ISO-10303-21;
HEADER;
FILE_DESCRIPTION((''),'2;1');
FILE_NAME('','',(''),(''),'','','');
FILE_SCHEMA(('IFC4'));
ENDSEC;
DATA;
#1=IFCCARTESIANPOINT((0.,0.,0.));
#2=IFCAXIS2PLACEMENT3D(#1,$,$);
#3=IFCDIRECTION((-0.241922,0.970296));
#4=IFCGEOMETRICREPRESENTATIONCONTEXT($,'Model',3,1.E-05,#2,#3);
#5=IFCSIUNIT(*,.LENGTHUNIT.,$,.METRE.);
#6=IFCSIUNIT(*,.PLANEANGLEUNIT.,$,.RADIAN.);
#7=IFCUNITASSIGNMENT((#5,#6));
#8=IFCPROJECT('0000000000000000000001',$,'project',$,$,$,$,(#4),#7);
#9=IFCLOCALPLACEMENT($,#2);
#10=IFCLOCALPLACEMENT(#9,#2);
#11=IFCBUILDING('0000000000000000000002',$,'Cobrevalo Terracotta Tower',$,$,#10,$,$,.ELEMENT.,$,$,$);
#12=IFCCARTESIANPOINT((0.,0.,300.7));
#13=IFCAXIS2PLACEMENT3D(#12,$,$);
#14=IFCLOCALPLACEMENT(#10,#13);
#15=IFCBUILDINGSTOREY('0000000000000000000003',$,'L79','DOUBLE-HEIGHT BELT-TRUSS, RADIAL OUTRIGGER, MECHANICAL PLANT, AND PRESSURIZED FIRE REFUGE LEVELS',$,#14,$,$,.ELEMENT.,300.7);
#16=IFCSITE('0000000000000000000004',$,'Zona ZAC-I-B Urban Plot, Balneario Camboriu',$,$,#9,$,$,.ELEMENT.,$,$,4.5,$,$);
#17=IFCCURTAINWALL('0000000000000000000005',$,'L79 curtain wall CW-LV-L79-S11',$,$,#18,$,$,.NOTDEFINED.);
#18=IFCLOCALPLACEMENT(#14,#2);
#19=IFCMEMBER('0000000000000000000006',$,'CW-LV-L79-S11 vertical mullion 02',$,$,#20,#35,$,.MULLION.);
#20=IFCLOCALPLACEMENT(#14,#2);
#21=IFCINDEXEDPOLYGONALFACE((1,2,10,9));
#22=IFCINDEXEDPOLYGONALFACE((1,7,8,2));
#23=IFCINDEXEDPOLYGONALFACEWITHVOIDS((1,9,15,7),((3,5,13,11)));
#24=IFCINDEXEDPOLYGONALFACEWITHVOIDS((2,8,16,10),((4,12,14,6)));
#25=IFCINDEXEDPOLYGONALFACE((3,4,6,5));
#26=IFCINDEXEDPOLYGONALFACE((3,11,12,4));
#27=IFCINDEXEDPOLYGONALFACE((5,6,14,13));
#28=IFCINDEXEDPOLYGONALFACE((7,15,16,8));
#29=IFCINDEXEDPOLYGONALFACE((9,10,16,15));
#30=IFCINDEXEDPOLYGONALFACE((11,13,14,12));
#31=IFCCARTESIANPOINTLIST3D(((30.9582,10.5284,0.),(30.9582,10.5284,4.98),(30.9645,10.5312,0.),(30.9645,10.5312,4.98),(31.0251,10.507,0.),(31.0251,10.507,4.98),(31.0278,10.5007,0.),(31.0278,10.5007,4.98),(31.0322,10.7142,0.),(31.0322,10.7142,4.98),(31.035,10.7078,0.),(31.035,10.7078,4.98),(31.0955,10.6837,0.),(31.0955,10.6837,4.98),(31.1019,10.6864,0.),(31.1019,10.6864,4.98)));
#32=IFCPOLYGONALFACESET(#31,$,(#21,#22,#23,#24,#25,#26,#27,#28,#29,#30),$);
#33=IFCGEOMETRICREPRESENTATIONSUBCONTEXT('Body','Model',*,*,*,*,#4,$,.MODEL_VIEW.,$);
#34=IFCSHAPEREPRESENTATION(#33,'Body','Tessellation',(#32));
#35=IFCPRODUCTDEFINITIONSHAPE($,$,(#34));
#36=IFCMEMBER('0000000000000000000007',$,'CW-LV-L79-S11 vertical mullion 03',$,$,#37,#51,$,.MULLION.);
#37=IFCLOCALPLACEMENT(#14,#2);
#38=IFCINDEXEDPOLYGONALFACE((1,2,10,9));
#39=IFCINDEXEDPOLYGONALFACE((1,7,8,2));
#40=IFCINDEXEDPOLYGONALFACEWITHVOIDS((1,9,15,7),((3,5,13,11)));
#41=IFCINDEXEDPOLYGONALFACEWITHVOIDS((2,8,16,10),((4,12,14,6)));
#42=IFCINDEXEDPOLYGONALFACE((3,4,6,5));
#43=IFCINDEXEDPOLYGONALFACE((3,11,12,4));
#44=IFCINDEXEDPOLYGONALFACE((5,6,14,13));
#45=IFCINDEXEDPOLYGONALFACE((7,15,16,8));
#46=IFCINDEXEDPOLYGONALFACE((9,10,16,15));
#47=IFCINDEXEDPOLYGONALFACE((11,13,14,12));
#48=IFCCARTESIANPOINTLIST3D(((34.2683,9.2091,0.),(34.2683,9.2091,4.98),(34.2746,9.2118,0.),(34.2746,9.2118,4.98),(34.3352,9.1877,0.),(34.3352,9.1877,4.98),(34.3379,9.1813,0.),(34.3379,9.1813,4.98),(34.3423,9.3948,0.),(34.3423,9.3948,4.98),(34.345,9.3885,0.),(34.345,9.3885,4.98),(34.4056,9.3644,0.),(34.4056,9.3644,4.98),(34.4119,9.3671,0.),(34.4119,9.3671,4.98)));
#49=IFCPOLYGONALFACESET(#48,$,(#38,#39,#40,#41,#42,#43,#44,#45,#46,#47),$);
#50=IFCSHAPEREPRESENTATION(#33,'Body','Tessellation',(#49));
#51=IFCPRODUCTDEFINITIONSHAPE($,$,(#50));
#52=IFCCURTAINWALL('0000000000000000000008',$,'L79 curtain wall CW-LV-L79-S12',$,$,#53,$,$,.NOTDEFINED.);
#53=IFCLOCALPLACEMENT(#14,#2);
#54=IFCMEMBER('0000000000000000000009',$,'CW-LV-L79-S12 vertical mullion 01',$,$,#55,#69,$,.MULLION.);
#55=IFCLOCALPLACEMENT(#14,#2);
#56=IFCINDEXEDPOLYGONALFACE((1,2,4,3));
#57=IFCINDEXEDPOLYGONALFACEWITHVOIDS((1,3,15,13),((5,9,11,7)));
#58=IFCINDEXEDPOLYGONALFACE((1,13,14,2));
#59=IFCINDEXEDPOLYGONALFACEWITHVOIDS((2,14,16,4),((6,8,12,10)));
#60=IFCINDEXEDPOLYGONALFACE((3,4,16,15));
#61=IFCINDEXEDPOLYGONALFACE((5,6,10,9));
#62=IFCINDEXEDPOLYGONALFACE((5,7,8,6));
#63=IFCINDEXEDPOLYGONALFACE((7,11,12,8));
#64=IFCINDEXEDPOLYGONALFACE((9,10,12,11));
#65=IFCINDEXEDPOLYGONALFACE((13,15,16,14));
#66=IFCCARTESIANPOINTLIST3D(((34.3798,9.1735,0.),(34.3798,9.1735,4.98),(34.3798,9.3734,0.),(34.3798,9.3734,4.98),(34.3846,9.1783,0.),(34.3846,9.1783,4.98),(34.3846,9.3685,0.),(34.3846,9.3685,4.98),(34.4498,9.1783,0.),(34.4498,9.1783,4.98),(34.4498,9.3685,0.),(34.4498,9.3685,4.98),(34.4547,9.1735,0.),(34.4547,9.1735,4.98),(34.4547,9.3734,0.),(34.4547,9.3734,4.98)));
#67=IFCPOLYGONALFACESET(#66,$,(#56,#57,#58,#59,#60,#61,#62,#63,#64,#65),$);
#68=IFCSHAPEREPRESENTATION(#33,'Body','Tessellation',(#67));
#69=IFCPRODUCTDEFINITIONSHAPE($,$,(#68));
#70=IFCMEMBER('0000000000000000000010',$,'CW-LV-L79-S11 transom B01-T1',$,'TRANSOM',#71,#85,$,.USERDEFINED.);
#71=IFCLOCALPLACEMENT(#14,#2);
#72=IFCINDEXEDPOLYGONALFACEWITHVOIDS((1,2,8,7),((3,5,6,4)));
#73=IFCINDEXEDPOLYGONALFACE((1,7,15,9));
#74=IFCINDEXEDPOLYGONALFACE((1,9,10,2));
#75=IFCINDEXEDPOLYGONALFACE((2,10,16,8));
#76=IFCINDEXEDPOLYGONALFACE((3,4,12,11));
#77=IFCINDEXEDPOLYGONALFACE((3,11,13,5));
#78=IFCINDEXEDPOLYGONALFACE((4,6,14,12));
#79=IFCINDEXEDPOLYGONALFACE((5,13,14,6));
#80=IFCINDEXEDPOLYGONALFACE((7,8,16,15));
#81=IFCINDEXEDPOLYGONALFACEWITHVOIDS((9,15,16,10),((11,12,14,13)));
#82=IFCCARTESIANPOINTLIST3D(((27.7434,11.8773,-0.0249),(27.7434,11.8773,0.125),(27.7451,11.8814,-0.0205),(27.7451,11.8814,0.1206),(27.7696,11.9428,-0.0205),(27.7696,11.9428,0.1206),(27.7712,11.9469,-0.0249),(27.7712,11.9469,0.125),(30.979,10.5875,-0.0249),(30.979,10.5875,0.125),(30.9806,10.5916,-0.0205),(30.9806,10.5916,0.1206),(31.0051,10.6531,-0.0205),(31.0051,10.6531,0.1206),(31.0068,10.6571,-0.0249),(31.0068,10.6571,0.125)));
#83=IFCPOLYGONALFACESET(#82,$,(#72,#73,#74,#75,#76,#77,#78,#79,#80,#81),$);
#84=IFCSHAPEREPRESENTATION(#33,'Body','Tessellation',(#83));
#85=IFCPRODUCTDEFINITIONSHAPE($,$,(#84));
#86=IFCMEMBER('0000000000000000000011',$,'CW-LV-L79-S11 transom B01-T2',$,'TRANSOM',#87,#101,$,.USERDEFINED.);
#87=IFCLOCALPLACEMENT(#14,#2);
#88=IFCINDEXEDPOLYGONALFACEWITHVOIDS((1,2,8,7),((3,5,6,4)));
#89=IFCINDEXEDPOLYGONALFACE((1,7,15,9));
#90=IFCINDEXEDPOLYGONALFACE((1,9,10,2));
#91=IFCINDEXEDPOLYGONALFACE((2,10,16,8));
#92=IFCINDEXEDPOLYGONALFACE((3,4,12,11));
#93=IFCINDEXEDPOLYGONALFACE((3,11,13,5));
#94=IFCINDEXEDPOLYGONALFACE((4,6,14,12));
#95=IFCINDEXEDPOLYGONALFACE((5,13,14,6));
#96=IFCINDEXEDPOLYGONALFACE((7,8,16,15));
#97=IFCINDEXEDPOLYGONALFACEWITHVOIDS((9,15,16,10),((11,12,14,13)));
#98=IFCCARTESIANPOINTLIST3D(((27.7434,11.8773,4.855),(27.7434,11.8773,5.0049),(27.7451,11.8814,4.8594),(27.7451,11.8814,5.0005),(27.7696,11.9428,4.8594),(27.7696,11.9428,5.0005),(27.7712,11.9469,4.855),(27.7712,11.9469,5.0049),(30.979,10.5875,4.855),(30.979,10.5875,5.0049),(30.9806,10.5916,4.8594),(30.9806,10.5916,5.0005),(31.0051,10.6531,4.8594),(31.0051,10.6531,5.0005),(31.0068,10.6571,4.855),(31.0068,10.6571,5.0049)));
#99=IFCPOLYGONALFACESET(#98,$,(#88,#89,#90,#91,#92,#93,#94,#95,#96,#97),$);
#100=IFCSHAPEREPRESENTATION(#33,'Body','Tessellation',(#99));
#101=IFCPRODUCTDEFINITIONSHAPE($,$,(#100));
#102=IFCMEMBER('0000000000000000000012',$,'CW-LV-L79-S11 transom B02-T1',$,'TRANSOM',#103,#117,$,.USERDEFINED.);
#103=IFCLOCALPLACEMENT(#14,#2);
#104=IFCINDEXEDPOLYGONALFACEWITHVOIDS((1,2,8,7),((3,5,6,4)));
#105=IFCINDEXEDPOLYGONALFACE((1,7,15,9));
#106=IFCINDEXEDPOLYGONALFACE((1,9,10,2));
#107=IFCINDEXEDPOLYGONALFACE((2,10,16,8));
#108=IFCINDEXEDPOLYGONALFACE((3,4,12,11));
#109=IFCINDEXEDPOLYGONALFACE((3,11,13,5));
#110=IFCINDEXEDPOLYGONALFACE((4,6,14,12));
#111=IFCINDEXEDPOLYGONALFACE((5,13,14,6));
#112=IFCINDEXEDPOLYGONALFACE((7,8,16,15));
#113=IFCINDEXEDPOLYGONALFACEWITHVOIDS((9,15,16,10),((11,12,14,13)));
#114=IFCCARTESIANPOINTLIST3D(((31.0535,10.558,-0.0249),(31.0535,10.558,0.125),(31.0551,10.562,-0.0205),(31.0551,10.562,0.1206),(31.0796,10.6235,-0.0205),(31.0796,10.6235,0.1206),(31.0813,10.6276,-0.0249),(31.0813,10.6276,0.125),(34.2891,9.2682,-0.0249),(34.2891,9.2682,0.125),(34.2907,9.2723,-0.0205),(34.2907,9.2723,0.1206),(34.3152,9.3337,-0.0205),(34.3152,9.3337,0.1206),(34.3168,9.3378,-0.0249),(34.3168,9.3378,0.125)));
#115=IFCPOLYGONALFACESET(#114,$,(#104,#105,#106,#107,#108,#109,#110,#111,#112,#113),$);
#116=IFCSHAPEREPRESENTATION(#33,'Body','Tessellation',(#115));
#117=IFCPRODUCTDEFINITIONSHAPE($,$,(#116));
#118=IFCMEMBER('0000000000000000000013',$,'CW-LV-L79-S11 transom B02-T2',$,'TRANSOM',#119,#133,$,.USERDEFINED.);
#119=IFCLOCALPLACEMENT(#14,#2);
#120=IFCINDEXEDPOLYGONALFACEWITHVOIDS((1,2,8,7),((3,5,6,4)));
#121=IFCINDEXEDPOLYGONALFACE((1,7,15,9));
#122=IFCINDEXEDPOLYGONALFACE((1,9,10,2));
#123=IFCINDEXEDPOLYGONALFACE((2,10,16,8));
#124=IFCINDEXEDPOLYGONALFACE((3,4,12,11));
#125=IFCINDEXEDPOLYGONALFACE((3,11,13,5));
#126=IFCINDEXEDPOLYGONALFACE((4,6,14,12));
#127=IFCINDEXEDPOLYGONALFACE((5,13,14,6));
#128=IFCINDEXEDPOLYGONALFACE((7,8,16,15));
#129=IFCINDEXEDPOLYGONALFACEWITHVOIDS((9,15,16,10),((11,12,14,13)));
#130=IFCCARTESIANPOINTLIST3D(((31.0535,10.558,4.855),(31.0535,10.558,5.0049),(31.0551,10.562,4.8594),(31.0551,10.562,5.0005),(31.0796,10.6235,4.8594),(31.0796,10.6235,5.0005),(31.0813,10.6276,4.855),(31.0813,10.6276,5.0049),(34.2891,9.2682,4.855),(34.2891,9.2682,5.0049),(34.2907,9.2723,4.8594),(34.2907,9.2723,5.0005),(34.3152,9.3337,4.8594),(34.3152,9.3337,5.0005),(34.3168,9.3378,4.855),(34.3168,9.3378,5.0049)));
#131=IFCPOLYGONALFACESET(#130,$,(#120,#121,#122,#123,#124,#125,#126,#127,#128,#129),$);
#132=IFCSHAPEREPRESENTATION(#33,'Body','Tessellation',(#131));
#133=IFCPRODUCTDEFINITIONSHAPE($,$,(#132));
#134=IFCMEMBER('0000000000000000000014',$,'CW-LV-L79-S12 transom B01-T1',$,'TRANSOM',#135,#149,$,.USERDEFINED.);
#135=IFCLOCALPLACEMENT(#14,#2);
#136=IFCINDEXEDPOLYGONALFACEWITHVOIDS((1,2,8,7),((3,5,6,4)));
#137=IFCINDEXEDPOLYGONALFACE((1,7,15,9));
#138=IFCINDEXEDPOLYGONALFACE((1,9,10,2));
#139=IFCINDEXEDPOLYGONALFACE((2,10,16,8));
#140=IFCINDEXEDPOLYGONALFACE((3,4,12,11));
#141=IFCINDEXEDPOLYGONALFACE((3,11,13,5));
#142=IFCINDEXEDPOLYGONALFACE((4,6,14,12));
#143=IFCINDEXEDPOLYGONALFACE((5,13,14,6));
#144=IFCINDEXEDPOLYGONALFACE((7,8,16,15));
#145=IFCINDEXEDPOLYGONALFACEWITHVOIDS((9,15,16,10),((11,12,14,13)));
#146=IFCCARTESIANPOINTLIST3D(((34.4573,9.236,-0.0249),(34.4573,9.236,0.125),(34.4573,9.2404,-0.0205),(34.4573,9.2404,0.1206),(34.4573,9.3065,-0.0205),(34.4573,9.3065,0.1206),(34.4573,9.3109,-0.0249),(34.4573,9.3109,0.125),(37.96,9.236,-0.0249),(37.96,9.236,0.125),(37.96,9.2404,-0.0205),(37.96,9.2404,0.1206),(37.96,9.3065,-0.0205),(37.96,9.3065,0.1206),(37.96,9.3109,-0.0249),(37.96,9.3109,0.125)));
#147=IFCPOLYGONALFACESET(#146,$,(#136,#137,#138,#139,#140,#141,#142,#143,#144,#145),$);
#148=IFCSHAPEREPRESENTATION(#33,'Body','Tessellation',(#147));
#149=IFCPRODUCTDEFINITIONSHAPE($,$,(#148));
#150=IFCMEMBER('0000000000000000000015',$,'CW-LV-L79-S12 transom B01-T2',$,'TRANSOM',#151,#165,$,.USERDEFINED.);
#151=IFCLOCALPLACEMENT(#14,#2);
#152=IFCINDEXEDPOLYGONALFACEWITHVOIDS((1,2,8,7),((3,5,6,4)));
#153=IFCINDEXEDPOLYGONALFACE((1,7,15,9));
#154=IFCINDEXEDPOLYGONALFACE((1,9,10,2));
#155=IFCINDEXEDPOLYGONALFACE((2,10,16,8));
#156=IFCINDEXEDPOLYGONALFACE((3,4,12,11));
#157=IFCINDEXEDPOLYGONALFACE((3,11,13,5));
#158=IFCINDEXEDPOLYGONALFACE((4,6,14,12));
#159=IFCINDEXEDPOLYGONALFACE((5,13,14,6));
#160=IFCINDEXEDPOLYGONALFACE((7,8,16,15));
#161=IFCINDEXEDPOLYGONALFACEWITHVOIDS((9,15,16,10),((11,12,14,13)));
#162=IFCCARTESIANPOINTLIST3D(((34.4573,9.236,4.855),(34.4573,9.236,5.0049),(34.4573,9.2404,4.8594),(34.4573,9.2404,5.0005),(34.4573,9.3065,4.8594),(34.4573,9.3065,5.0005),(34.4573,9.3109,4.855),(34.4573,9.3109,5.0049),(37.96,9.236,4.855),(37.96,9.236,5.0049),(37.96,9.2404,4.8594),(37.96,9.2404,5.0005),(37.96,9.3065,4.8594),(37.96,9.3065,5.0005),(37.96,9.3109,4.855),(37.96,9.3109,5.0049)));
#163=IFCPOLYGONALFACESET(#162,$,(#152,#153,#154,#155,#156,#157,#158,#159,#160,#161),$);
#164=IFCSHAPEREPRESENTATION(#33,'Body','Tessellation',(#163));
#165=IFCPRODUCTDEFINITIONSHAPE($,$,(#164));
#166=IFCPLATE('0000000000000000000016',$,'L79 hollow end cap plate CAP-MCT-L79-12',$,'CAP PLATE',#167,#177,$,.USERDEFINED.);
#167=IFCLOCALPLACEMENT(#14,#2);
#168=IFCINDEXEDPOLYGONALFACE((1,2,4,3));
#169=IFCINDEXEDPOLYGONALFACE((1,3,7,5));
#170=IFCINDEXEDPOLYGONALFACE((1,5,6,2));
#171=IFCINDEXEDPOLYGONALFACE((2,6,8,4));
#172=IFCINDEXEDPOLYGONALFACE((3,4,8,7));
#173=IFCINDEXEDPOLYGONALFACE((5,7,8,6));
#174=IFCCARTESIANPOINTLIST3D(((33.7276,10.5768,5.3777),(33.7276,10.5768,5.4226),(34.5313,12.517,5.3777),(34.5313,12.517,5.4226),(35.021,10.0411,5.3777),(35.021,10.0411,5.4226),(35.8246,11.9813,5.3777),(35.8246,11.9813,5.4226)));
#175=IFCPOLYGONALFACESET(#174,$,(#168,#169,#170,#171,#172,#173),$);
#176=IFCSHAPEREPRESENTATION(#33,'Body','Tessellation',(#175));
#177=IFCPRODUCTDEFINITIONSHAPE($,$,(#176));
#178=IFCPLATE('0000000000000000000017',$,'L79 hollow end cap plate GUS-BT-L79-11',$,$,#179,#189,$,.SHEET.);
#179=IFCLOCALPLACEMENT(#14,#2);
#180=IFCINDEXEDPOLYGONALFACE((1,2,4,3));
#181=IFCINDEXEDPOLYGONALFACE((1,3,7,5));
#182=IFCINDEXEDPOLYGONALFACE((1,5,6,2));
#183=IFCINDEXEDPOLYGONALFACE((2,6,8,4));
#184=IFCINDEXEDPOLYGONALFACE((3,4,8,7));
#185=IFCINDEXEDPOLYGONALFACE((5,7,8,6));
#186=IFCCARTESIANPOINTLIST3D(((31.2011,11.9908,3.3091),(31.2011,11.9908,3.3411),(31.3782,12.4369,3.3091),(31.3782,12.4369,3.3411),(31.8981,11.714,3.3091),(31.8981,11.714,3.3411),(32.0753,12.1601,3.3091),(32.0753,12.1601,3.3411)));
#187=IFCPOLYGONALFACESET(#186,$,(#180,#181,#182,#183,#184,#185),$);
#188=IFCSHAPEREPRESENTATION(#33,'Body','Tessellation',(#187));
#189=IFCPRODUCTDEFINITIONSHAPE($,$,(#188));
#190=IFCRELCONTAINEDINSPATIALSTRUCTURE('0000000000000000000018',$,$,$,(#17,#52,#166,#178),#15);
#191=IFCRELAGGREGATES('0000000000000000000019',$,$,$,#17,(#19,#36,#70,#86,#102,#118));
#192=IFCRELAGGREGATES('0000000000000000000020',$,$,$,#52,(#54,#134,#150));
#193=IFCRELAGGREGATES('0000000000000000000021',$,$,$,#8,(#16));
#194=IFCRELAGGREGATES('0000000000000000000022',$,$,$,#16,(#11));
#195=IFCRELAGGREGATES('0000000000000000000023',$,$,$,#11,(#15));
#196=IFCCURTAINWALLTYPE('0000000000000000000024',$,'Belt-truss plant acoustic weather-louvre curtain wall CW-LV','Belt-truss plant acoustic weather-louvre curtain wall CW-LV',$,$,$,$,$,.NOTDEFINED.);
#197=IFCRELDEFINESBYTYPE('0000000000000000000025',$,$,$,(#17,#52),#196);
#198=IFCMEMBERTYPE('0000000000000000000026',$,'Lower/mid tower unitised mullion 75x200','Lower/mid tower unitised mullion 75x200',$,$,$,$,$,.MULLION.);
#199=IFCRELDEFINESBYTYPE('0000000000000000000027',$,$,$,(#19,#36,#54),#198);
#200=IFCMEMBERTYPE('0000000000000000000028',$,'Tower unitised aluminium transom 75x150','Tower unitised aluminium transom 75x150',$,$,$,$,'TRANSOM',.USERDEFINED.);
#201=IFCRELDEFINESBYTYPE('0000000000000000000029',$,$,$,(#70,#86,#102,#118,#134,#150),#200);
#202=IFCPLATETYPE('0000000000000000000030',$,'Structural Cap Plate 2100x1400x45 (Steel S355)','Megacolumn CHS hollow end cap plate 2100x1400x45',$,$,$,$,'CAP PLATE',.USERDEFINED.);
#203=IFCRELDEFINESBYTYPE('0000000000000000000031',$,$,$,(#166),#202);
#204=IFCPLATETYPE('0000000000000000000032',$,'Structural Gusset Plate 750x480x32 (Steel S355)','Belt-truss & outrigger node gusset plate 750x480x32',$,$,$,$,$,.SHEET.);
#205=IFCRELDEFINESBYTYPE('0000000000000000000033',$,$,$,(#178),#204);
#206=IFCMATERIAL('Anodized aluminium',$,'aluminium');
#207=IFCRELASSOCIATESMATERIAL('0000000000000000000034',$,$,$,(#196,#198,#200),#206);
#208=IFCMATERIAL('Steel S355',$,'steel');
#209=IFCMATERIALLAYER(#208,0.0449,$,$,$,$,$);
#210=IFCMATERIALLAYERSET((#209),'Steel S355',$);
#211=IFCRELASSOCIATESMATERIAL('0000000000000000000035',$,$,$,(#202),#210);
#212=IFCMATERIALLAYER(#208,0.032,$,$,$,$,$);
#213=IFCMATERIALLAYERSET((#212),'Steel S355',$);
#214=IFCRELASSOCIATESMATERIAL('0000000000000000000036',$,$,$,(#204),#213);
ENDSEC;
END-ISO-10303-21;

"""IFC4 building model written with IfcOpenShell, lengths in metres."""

from ifc_helpers import new_model, si_unit, direction, frame, origin, origin_2d, place, context, subcontext, project, spatial, rectangle, hollow_rectangle, extrude, source, transform, mapped, material, layer, layer_set, material_profile, profile_set, type_object, element, aggregate, save


model = new_model("IFC4")

# Units and contexts
model_context = context("Model", 3, precision=1e-05, world=origin(), true_north=direction((-0.241922, 0.970296)))
body_context = subcontext(model_context, "Body", "Model", "MODEL_VIEW")
ifc_project = project(units=[si_unit("LENGTHUNIT", "METRE"), si_unit("PLANEANGLEUNIT", "RADIAN")], contexts=[model_context])

# Site, building, storey
site_placement = place(None, origin())
site = spatial("IfcSite", under=ifc_project, at=site_placement, Name="Zona ZAC-I-B Urban Plot, Balneario Camboriu", CompositionType="ELEMENT", RefElevation=4.5)
building_placement = place(site_placement, origin())
building = spatial("IfcBuilding", under=site, at=building_placement, Name="Cobrevalo Terracotta Tower", CompositionType="ELEMENT")
storey_placement = place(building_placement, frame((0.0, 0.0, 300.7)))
storey = spatial("IfcBuildingStorey", under=building, at=storey_placement, Name="L79", Description="DOUBLE-HEIGHT BELT-TRUSS, RADIAL OUTRIGGER, MECHANICAL PLANT, AND PRESSURIZED FIRE REFUGE LEVELS", CompositionType="ELEMENT", Elevation=300.7)

# Shared definitions
ifc_material_1 = material(Name="Steel S355", Category="steel")

# Shared definitions
ifc_material_2 = material(Name="Anodized aluminium", Category="aluminium")
curtain_wall_type = type_object("IfcCurtainWallType", Name="Belt-truss plant acoustic weather-louvre curtain wall CW-LV", Description="Belt-truss plant acoustic weather-louvre curtain wall CW-LV", PredefinedType="NOTDEFINED", material=ifc_material_2)
ifc_material_profile_1 = material_profile(ifc_material_2, hollow_rectangle(XDim=0.075, YDim=0.2, WallThickness=0.0049, at=origin_2d()), Name="CWM 75x200")
ifc_profile_set_1 = profile_set([ifc_material_profile_1], Name="Anodized aluminium")
member_type_1 = type_object("IfcMemberType", Name="Lower/mid tower unitised mullion 75x200", Description="Lower/mid tower unitised mullion 75x200", PredefinedType="MULLION", material=ifc_profile_set_1)
shared_shape_1 = source(origin(), body_context, "Body", "SweptSolid", [
    extrude(hollow_rectangle(XDim=0.075, YDim=0.2, WallThickness=0.0049, at=origin_2d()), origin(), (0.0, 0.0, 1.0), 4.98),
])

# Curtain wall, members
curtain_wall_1_placement = place(storey_placement, origin())
curtain_wall_1 = element("IfcCurtainWall", 1, at=curtain_wall_1_placement, inside=storey, type_object=curtain_wall_type, Name="L79 curtain wall CW-LV-L79-S11", PredefinedType="NOTDEFINED")
member_1_placement = place(storey_placement, frame((31.03, 10.6074, 0.0), z_axis=(0.0, 0.0, 1.0), x_axis=(0.928926, -0.370266, 0.0)))
member_1 = element("IfcMember", 2, at=member_1_placement, type_object=member_type_1, Name="CW-LV-L79-S11 vertical mullion 02", PredefinedType="MULLION", context=body_context, shape_type="MappedRepresentation", body=[
    mapped(shared_shape_1, transform((0.0, 0.0, 0.0), scale=1.0)),
])
member_2_placement = place(storey_placement, frame((34.3401, 9.2881, 0.0), z_axis=(0.0, 0.0, 1.0), x_axis=(0.928926, -0.370266, 0.0)))
member_2 = element("IfcMember", 3, at=member_2_placement, type_object=member_type_1, Name="CW-LV-L79-S11 vertical mullion 03", PredefinedType="MULLION", context=body_context, shape_type="MappedRepresentation", body=[
    mapped(shared_shape_1, transform((0.0, 0.0, 0.0), scale=1.0)),
])

# Curtain wall, member
curtain_wall_2_placement = place(storey_placement, origin())
curtain_wall_2 = element("IfcCurtainWall", 4, at=curtain_wall_2_placement, inside=storey, type_object=curtain_wall_type, Name="L79 curtain wall CW-LV-L79-S12", PredefinedType="NOTDEFINED")
member_3_placement = place(storey_placement, frame((34.4172, 9.2734, 0.0), z_axis=(0.0, 0.0, 1.0), x_axis=(1.0, 0.0, 0.0)))
member_3 = element("IfcMember", 5, at=member_3_placement, type_object=member_type_1, Name="CW-LV-L79-S12 vertical mullion 01", PredefinedType="MULLION", context=body_context, shape_type="MappedRepresentation", body=[
    mapped(shared_shape_1, transform((0.0, 0.0, 0.0), scale=1.0)),
])

# Members
ifc_material_profile_2 = material_profile(ifc_material_2, hollow_rectangle(XDim=0.075, YDim=0.1499, WallThickness=0.0044, at=origin_2d()), Name="CWT 75x150")
ifc_profile_set_2 = profile_set([ifc_material_profile_2], Name="Anodized aluminium")
member_type_2 = type_object("IfcMemberType", Name="Tower unitised aluminium transom 75x150", Description="Tower unitised aluminium transom 75x150", ElementType="TRANSOM", PredefinedType="USERDEFINED", material=ifc_profile_set_2)
shared_shape_2 = source(origin(), body_context, "Body", "SweptSolid", [
    extrude(hollow_rectangle(XDim=0.075, YDim=0.1499, WallThickness=0.0044, at=origin_2d()), origin(), (0.0, 0.0, 1.0), 3.4832),
])
member_4_placement = place(storey_placement, frame((27.7573, 11.9121, 0.05), z_axis=(0.928916, -0.370291, 0.0), x_axis=(0.370291, 0.928916, 0.0)))
member_4 = element("IfcMember", 6, at=member_4_placement, type_object=member_type_2, Name="CW-LV-L79-S11 transom B01-T1", ObjectType="TRANSOM", PredefinedType="USERDEFINED", context=body_context, shape_type="MappedRepresentation", body=[
    mapped(shared_shape_2, transform((0.0, 0.0, 0.0), scale=1.0)),
])
member_5_placement = place(storey_placement, frame((27.7573, 11.9121, 4.9299), z_axis=(0.928916, -0.370291, 0.0), x_axis=(0.370291, 0.928916, 0.0)))
member_5 = element("IfcMember", 7, at=member_5_placement, type_object=member_type_2, Name="CW-LV-L79-S11 transom B01-T2", ObjectType="TRANSOM", PredefinedType="USERDEFINED", context=body_context, shape_type="MappedRepresentation", body=[
    mapped(shared_shape_2, transform((0.0, 0.0, 0.0), scale=1.0)),
])
member_6_placement = place(storey_placement, frame((31.0674, 10.5928, 0.05), z_axis=(0.928916, -0.370291, 0.0), x_axis=(0.370291, 0.928916, 0.0)))
member_6 = element("IfcMember", 8, at=member_6_placement, type_object=member_type_2, Name="CW-LV-L79-S11 transom B02-T1", ObjectType="TRANSOM", PredefinedType="USERDEFINED", context=body_context, shape_type="MappedRepresentation", body=[
    mapped(shared_shape_2, transform((0.0, 0.0, 0.0), scale=1.0)),
])
member_7_placement = place(storey_placement, frame((31.0674, 10.5928, 4.9299), z_axis=(0.928916, -0.370291, 0.0), x_axis=(0.370291, 0.928916, 0.0)))
member_7 = element("IfcMember", 9, at=member_7_placement, type_object=member_type_2, Name="CW-LV-L79-S11 transom B02-T2", ObjectType="TRANSOM", PredefinedType="USERDEFINED", context=body_context, shape_type="MappedRepresentation", body=[
    mapped(shared_shape_2, transform((0.0, 0.0, 0.0), scale=1.0)),
])
shared_shape_3 = source(origin(), body_context, "Body", "SweptSolid", [
    extrude(hollow_rectangle(XDim=0.075, YDim=0.1499, WallThickness=0.0044, at=origin_2d()), origin(), (0.0, 0.0, 1.0), 3.5027),
])
member_8_placement = place(storey_placement, frame((34.4573, 9.2734, 0.05), z_axis=(1.0, 0.0, 0.0), x_axis=(0.0, 1.0, 0.0)))
member_8 = element("IfcMember", 10, at=member_8_placement, type_object=member_type_2, Name="CW-LV-L79-S12 transom B01-T1", ObjectType="TRANSOM", PredefinedType="USERDEFINED", context=body_context, shape_type="MappedRepresentation", body=[
    mapped(shared_shape_3, transform((0.0, 0.0, 0.0), scale=1.0)),
])
member_9_placement = place(storey_placement, frame((34.4573, 9.2734, 4.9299), z_axis=(1.0, 0.0, 0.0), x_axis=(0.0, 1.0, 0.0)))
member_9 = element("IfcMember", 11, at=member_9_placement, type_object=member_type_2, Name="CW-LV-L79-S12 transom B01-T2", ObjectType="TRANSOM", PredefinedType="USERDEFINED", context=body_context, shape_type="MappedRepresentation", body=[
    mapped(shared_shape_3, transform((0.0, 0.0, 0.0), scale=1.0)),
])

# Plates
ifc_layer_1 = layer(ifc_material_1, 0.0449)
ifc_layer_set_1 = layer_set([ifc_layer_1], Name="Steel S355")
plate_type_1 = type_object("IfcPlateType", Name="Structural Cap Plate 2100x1400x45 (Steel S355)", Description="Megacolumn CHS hollow end cap plate 2100x1400x45", ElementType="CAP PLATE", PredefinedType="USERDEFINED", material=ifc_layer_set_1)
shared_shape_4 = source(origin(), body_context, "Body", "SweptSolid", [
    extrude(rectangle(XDim=2.1001, YDim=1.3999, at=origin_2d()), origin(), (0.0, 0.0, 1.0), 0.0449),
])
plate_1_placement = place(storey_placement, frame((34.7761, 11.2791, 5.3777), z_axis=(0.0, 0.0, 1.0), x_axis=(-0.382683, -0.92388, 0.0)))
element("IfcPlate", 12, at=plate_1_placement, inside=storey, type_object=plate_type_1, Name="L79 hollow end cap plate CAP-MCT-L79-12", ObjectType="CAP PLATE", PredefinedType="USERDEFINED", context=body_context, shape_type="MappedRepresentation", body=[
    mapped(shared_shape_4, transform((0.0, 0.0, 0.0), scale=1.0)),
])
ifc_layer_2 = layer(ifc_material_1, 0.032)
ifc_layer_set_2 = layer_set([ifc_layer_2], Name="Steel S355")
plate_type_2 = type_object("IfcPlateType", Name="Structural Gusset Plate 750x480x32 (Steel S355)", Description="Belt-truss & outrigger node gusset plate 750x480x32", PredefinedType="SHEET", material=ifc_layer_set_2)
shared_shape_5 = source(origin(), body_context, "Body", "SweptSolid", [
    extrude(rectangle(XDim=0.75, YDim=0.48, at=origin_2d()), origin(), (0.0, 0.0, 1.0), 0.032),
])
plate_2_placement = place(storey_placement, frame((31.6382, 12.0754, 3.3091), z_axis=(0.0, 0.0, 1.0), x_axis=(0.929401, -0.369072, 0.0)))
element("IfcPlate", 13, at=plate_2_placement, inside=storey, type_object=plate_type_2, Name="L79 hollow end cap plate GUS-BT-L79-11", PredefinedType="SHEET", context=body_context, shape_type="MappedRepresentation", body=[
    mapped(shared_shape_5, transform((0.0, 0.0, 0.0), scale=1.0)),
])

aggregate(curtain_wall_1, [member_1, member_2, member_4, member_5, member_6, member_7])
aggregate(curtain_wall_2, [member_3, member_8, member_9])

save(model, "model.ifc")
